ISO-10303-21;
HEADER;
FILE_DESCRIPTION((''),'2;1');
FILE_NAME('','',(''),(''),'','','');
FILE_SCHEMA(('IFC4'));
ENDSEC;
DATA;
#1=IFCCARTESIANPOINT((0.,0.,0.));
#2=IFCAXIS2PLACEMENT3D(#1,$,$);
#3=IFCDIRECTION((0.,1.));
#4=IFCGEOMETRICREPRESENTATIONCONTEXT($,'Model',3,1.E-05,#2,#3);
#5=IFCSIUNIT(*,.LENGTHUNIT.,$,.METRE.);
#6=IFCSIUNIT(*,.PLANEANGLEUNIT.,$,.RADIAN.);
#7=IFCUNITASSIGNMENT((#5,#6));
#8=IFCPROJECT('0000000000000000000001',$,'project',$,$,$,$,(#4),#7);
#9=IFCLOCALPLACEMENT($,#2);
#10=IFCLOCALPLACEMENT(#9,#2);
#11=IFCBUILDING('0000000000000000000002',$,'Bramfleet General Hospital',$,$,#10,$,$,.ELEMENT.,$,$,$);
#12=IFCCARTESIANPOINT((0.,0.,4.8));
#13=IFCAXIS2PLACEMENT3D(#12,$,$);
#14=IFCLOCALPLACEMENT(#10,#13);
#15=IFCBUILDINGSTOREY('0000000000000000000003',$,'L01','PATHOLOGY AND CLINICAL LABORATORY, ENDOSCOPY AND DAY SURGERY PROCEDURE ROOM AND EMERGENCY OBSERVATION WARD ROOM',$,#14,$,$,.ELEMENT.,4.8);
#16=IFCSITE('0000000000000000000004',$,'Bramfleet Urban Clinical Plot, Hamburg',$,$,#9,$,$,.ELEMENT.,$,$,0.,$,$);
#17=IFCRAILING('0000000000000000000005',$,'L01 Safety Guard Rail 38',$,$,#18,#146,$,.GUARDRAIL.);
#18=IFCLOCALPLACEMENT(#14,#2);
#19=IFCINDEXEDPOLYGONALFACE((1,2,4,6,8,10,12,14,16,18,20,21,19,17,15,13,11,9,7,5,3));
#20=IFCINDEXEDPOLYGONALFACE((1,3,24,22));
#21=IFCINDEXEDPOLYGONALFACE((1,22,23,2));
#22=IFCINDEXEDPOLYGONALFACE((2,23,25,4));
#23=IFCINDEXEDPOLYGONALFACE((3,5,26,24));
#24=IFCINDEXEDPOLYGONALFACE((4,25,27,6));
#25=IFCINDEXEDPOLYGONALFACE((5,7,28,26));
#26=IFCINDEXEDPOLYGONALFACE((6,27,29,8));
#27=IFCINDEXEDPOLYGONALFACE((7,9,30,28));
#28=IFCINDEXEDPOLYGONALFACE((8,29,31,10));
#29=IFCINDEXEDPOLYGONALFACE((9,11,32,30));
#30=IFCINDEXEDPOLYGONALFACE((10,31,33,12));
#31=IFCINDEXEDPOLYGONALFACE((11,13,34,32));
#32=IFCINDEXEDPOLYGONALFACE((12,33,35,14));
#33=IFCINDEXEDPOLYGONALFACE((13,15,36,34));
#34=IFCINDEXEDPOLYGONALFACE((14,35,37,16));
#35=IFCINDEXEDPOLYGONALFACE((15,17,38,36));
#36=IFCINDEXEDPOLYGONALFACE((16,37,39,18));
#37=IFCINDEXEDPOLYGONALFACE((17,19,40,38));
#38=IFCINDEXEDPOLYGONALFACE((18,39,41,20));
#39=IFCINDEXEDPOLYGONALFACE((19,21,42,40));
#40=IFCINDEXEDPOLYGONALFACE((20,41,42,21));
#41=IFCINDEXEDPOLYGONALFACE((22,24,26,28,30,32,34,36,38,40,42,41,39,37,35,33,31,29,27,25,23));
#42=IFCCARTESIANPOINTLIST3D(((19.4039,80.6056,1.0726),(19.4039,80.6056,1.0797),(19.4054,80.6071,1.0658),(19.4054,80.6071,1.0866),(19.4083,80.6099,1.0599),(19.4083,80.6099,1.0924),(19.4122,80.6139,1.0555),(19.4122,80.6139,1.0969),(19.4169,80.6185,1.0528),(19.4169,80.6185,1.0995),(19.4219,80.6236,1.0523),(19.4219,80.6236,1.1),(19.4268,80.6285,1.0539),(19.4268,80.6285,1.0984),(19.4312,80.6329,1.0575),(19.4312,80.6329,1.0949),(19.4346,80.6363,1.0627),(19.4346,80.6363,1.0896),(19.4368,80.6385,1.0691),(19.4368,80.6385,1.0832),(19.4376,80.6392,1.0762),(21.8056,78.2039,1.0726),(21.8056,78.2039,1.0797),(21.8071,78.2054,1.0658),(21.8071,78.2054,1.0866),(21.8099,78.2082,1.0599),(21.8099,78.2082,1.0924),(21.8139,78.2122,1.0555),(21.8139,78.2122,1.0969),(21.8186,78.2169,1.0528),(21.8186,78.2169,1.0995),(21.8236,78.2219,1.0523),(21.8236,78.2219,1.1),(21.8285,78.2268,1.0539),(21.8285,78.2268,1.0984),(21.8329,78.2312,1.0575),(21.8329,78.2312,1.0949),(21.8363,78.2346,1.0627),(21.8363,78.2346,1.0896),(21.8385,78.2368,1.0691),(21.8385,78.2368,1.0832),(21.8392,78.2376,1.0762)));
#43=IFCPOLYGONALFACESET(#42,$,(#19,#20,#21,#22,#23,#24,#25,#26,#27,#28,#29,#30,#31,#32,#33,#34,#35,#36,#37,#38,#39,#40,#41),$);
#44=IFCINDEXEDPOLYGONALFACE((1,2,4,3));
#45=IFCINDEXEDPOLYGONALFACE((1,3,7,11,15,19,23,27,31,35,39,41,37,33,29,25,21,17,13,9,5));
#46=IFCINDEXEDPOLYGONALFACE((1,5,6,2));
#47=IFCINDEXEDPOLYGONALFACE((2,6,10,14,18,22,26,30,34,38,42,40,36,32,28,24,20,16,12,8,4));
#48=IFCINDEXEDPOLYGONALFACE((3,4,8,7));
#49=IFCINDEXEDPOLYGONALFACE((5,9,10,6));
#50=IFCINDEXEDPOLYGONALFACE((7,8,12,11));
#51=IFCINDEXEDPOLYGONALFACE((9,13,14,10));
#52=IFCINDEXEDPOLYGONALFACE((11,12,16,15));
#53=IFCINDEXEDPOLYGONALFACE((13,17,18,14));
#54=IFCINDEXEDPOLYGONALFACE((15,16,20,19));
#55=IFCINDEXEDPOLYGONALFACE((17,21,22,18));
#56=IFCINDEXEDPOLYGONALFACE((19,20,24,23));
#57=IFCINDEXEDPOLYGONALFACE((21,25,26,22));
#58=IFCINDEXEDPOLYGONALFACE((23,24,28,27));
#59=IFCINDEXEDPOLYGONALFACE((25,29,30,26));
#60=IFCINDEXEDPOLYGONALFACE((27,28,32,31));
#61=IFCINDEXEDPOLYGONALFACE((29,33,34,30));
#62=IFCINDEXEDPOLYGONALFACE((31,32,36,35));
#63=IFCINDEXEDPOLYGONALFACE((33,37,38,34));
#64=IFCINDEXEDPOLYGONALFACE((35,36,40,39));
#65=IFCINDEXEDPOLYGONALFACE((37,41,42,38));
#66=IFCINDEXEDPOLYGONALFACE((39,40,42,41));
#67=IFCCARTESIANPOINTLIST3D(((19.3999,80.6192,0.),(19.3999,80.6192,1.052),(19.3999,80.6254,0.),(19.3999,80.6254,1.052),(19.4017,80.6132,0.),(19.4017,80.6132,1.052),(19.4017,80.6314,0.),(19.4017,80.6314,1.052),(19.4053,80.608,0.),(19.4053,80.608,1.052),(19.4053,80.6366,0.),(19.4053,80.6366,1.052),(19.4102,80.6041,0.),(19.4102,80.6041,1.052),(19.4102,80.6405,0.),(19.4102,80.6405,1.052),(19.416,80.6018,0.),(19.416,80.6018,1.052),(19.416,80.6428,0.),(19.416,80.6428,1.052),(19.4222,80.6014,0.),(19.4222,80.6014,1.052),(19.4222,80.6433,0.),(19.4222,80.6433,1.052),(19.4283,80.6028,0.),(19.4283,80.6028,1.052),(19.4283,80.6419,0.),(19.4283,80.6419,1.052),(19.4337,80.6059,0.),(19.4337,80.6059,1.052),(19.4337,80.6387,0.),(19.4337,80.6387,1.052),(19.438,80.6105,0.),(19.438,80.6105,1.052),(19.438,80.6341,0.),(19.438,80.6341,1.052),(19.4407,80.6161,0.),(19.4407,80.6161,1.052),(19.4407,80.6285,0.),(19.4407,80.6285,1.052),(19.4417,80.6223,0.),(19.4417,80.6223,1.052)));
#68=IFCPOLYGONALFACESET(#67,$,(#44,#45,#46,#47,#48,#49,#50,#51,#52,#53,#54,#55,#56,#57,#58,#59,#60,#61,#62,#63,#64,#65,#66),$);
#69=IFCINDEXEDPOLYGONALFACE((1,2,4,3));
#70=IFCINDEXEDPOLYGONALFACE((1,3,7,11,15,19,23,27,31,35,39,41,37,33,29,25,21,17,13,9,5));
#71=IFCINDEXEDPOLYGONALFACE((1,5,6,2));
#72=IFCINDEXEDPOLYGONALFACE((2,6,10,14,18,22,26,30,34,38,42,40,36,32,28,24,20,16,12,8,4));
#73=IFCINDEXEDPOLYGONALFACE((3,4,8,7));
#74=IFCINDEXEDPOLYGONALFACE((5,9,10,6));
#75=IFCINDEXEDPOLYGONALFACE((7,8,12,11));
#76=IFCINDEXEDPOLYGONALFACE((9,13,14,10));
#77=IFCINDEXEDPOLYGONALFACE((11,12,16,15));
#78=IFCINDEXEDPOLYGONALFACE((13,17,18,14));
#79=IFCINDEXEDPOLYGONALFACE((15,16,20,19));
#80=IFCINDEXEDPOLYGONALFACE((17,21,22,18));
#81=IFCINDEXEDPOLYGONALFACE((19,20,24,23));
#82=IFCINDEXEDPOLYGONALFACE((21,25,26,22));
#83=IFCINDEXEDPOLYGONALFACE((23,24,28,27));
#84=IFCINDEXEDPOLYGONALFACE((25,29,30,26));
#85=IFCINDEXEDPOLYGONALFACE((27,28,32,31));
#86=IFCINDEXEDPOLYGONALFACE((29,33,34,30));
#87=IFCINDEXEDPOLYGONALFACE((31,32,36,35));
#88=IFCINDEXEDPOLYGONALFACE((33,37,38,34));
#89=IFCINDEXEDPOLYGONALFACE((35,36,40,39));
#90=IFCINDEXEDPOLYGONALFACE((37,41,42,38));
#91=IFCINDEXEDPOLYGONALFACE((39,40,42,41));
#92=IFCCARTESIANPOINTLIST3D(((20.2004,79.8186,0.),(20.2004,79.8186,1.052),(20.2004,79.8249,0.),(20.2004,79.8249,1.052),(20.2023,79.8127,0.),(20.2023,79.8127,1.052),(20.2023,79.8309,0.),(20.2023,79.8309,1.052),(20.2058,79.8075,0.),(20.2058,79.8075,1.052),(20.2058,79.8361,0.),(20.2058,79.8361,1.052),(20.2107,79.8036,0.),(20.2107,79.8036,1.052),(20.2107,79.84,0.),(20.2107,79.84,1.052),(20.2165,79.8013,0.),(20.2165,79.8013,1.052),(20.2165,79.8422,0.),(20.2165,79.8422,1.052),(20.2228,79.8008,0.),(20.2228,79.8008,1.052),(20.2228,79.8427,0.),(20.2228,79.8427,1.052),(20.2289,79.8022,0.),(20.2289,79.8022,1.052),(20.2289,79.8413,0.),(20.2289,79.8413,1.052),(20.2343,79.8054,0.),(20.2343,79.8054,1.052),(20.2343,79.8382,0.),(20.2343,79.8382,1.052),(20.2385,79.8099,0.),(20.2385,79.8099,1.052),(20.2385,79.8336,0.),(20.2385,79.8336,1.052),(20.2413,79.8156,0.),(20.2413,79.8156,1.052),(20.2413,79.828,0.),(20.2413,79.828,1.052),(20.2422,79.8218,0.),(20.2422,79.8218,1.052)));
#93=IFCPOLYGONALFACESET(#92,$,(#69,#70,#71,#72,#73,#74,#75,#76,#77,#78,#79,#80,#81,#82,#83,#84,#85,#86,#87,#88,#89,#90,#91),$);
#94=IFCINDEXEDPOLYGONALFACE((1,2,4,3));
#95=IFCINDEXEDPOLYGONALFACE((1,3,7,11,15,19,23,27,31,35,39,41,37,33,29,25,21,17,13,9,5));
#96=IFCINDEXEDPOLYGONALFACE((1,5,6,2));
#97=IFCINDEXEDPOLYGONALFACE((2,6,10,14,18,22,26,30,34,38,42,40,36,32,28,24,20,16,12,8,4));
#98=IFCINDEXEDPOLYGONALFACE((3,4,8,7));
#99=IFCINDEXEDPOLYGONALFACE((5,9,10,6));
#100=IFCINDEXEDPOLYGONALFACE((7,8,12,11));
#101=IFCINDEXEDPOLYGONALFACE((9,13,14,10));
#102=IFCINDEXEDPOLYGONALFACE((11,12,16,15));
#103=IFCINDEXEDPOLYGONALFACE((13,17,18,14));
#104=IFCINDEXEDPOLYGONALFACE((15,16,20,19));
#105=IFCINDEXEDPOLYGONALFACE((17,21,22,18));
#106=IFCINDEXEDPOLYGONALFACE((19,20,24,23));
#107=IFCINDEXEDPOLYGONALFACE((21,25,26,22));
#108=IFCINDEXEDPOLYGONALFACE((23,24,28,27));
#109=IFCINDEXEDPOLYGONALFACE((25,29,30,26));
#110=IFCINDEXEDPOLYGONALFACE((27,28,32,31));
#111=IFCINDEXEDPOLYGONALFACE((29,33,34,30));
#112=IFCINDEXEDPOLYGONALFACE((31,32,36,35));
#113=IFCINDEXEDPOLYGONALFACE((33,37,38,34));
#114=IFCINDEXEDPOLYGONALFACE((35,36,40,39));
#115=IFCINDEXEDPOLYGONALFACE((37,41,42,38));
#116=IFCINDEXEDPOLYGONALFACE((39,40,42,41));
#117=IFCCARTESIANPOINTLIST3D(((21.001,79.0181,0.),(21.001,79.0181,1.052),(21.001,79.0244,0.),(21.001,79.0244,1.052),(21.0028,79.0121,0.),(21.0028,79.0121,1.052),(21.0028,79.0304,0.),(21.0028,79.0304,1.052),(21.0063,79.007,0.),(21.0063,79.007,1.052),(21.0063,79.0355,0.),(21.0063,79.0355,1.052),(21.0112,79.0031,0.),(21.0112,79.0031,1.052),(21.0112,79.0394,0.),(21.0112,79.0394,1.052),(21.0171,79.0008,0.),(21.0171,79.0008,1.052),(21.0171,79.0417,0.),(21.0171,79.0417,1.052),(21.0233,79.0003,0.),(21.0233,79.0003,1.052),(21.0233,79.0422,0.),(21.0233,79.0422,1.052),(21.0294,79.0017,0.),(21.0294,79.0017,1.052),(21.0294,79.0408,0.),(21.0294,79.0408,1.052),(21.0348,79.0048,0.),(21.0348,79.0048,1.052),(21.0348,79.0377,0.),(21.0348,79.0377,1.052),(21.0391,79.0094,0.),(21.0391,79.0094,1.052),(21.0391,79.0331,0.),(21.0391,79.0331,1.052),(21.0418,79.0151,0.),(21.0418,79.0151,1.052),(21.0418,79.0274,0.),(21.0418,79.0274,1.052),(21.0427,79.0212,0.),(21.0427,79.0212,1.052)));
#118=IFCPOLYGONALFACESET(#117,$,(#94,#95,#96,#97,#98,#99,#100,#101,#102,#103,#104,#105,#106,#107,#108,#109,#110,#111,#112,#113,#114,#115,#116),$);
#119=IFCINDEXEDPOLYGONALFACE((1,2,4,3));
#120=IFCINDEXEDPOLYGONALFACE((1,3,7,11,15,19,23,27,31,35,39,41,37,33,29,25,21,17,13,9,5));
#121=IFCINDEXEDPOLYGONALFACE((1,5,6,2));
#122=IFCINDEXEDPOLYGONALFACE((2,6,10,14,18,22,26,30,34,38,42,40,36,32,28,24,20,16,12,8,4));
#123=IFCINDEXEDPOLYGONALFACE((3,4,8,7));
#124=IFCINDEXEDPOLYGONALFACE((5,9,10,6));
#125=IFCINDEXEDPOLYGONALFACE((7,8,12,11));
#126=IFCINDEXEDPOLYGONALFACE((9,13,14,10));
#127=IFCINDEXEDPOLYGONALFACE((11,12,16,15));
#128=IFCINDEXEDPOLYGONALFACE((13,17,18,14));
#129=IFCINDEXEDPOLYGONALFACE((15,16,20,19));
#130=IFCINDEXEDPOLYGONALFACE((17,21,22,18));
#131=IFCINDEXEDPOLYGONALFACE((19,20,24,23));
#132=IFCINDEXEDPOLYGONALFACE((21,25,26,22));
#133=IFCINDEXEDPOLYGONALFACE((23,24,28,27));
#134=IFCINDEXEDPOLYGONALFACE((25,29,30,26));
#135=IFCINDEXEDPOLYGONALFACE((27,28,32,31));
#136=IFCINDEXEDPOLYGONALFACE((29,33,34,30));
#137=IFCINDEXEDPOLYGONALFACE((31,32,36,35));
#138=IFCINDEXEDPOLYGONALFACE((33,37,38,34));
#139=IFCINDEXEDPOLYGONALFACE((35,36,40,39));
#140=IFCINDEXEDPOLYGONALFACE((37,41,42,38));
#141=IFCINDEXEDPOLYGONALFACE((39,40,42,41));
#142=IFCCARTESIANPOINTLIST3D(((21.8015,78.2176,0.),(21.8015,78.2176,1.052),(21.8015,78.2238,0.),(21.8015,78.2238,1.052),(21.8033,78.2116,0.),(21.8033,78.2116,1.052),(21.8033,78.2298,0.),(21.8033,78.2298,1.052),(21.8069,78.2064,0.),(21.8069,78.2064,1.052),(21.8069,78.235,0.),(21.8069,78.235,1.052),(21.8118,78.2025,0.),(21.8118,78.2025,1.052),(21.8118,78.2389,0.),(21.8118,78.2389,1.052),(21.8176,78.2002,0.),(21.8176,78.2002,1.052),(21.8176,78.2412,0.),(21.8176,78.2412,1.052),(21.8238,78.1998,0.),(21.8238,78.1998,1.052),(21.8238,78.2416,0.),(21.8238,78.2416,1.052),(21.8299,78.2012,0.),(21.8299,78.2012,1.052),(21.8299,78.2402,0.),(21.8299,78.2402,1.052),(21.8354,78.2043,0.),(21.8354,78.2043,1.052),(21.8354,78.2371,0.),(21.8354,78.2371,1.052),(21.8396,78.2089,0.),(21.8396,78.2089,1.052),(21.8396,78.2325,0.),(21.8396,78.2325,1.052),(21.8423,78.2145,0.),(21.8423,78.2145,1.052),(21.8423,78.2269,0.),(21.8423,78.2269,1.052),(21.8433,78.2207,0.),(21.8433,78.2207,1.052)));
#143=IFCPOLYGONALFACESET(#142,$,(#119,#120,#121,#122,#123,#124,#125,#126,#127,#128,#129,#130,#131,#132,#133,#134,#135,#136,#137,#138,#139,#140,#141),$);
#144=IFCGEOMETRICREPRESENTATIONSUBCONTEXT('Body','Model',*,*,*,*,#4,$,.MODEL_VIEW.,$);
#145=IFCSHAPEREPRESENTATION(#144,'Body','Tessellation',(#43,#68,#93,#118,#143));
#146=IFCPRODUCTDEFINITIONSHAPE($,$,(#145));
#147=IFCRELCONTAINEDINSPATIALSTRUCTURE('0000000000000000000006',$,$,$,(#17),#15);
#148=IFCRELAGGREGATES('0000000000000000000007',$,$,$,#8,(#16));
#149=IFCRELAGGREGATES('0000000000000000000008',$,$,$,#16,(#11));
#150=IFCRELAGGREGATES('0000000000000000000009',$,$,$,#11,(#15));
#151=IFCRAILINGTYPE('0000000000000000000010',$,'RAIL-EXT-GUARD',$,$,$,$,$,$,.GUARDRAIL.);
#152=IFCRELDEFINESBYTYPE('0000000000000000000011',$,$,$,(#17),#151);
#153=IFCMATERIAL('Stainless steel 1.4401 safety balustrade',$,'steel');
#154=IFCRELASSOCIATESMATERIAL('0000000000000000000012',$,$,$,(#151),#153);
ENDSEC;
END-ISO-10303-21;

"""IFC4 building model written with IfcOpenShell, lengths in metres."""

from ifc_helpers import new_model, si_unit, direction, frame, origin, origin_2d, place, context, subcontext, project, spatial, circle, extrude, material, type_object, element, save


model = new_model("IFC4")

# Units and contexts
model_context = context("Model", 3, precision=1e-05, world=origin(), true_north=direction((0.0, 1.0)))
body_context = subcontext(model_context, "Body", "Model", "MODEL_VIEW")
ifc_project = project(units=[si_unit("LENGTHUNIT", "METRE"), si_unit("PLANEANGLEUNIT", "RADIAN")], contexts=[model_context])

# Site, building, storey
site_placement = place(None, origin())
site = spatial("IfcSite", under=ifc_project, at=site_placement, Name="Bramfleet Urban Clinical Plot, Hamburg", CompositionType="ELEMENT", RefElevation=0.0)
building_placement = place(site_placement, origin())
building = spatial("IfcBuilding", under=site, at=building_placement, Name="Bramfleet General Hospital", CompositionType="ELEMENT")
storey_placement = place(building_placement, frame((0.0, 0.0, 4.8)))
storey = spatial("IfcBuildingStorey", under=building, at=storey_placement, Name="L01", Description="PATHOLOGY AND CLINICAL LABORATORY, ENDOSCOPY AND DAY SURGERY PROCEDURE ROOM AND EMERGENCY OBSERVATION WARD ROOM", CompositionType="ELEMENT", Elevation=4.8)

# Railing
ifc_material_1 = material(Name="Stainless steel 1.4401 safety balustrade", Category="steel")
railing_type = type_object("IfcRailingType", Name="RAIL-EXT-GUARD", PredefinedType="GUARDRAIL", material=ifc_material_1)
railing_1_placement = place(storey_placement, frame((19.4207, 80.6223, 0.0)))
element("IfcRailing", 1, at=railing_1_placement, inside=storey, type_object=railing_type, Name="L01 Safety Guard Rail 38", PredefinedType="GUARDRAIL", context=body_context, shape_type="SweptSolid", body=[
    extrude(circle(Radius=0.0239, at=origin_2d()), frame((0.0, 0.0, 1.0762), z_axis=(0.707107, -0.707107, 0.0), x_axis=(0.707107, 0.707107, 0.0)), (0.0, 0.0, 1.0), 3.3965),
    extrude(circle(Radius=0.021, at=origin_2d()), origin(), (0.0, 0.0, 1.0), 1.052),
    extrude(circle(Radius=0.021, at=origin_2d()), frame((0.8005, -0.8005, 0.0)), (0.0, 0.0, 1.0), 1.052),
    extrude(circle(Radius=0.021, at=origin_2d()), frame((1.6011, -1.6011, 0.0)), (0.0, 0.0, 1.0), 1.052),
    extrude(circle(Radius=0.021, at=origin_2d()), frame((2.4016, -2.4016, 0.0)), (0.0, 0.0, 1.0), 1.052),
])

save(model, "model.ifc")
